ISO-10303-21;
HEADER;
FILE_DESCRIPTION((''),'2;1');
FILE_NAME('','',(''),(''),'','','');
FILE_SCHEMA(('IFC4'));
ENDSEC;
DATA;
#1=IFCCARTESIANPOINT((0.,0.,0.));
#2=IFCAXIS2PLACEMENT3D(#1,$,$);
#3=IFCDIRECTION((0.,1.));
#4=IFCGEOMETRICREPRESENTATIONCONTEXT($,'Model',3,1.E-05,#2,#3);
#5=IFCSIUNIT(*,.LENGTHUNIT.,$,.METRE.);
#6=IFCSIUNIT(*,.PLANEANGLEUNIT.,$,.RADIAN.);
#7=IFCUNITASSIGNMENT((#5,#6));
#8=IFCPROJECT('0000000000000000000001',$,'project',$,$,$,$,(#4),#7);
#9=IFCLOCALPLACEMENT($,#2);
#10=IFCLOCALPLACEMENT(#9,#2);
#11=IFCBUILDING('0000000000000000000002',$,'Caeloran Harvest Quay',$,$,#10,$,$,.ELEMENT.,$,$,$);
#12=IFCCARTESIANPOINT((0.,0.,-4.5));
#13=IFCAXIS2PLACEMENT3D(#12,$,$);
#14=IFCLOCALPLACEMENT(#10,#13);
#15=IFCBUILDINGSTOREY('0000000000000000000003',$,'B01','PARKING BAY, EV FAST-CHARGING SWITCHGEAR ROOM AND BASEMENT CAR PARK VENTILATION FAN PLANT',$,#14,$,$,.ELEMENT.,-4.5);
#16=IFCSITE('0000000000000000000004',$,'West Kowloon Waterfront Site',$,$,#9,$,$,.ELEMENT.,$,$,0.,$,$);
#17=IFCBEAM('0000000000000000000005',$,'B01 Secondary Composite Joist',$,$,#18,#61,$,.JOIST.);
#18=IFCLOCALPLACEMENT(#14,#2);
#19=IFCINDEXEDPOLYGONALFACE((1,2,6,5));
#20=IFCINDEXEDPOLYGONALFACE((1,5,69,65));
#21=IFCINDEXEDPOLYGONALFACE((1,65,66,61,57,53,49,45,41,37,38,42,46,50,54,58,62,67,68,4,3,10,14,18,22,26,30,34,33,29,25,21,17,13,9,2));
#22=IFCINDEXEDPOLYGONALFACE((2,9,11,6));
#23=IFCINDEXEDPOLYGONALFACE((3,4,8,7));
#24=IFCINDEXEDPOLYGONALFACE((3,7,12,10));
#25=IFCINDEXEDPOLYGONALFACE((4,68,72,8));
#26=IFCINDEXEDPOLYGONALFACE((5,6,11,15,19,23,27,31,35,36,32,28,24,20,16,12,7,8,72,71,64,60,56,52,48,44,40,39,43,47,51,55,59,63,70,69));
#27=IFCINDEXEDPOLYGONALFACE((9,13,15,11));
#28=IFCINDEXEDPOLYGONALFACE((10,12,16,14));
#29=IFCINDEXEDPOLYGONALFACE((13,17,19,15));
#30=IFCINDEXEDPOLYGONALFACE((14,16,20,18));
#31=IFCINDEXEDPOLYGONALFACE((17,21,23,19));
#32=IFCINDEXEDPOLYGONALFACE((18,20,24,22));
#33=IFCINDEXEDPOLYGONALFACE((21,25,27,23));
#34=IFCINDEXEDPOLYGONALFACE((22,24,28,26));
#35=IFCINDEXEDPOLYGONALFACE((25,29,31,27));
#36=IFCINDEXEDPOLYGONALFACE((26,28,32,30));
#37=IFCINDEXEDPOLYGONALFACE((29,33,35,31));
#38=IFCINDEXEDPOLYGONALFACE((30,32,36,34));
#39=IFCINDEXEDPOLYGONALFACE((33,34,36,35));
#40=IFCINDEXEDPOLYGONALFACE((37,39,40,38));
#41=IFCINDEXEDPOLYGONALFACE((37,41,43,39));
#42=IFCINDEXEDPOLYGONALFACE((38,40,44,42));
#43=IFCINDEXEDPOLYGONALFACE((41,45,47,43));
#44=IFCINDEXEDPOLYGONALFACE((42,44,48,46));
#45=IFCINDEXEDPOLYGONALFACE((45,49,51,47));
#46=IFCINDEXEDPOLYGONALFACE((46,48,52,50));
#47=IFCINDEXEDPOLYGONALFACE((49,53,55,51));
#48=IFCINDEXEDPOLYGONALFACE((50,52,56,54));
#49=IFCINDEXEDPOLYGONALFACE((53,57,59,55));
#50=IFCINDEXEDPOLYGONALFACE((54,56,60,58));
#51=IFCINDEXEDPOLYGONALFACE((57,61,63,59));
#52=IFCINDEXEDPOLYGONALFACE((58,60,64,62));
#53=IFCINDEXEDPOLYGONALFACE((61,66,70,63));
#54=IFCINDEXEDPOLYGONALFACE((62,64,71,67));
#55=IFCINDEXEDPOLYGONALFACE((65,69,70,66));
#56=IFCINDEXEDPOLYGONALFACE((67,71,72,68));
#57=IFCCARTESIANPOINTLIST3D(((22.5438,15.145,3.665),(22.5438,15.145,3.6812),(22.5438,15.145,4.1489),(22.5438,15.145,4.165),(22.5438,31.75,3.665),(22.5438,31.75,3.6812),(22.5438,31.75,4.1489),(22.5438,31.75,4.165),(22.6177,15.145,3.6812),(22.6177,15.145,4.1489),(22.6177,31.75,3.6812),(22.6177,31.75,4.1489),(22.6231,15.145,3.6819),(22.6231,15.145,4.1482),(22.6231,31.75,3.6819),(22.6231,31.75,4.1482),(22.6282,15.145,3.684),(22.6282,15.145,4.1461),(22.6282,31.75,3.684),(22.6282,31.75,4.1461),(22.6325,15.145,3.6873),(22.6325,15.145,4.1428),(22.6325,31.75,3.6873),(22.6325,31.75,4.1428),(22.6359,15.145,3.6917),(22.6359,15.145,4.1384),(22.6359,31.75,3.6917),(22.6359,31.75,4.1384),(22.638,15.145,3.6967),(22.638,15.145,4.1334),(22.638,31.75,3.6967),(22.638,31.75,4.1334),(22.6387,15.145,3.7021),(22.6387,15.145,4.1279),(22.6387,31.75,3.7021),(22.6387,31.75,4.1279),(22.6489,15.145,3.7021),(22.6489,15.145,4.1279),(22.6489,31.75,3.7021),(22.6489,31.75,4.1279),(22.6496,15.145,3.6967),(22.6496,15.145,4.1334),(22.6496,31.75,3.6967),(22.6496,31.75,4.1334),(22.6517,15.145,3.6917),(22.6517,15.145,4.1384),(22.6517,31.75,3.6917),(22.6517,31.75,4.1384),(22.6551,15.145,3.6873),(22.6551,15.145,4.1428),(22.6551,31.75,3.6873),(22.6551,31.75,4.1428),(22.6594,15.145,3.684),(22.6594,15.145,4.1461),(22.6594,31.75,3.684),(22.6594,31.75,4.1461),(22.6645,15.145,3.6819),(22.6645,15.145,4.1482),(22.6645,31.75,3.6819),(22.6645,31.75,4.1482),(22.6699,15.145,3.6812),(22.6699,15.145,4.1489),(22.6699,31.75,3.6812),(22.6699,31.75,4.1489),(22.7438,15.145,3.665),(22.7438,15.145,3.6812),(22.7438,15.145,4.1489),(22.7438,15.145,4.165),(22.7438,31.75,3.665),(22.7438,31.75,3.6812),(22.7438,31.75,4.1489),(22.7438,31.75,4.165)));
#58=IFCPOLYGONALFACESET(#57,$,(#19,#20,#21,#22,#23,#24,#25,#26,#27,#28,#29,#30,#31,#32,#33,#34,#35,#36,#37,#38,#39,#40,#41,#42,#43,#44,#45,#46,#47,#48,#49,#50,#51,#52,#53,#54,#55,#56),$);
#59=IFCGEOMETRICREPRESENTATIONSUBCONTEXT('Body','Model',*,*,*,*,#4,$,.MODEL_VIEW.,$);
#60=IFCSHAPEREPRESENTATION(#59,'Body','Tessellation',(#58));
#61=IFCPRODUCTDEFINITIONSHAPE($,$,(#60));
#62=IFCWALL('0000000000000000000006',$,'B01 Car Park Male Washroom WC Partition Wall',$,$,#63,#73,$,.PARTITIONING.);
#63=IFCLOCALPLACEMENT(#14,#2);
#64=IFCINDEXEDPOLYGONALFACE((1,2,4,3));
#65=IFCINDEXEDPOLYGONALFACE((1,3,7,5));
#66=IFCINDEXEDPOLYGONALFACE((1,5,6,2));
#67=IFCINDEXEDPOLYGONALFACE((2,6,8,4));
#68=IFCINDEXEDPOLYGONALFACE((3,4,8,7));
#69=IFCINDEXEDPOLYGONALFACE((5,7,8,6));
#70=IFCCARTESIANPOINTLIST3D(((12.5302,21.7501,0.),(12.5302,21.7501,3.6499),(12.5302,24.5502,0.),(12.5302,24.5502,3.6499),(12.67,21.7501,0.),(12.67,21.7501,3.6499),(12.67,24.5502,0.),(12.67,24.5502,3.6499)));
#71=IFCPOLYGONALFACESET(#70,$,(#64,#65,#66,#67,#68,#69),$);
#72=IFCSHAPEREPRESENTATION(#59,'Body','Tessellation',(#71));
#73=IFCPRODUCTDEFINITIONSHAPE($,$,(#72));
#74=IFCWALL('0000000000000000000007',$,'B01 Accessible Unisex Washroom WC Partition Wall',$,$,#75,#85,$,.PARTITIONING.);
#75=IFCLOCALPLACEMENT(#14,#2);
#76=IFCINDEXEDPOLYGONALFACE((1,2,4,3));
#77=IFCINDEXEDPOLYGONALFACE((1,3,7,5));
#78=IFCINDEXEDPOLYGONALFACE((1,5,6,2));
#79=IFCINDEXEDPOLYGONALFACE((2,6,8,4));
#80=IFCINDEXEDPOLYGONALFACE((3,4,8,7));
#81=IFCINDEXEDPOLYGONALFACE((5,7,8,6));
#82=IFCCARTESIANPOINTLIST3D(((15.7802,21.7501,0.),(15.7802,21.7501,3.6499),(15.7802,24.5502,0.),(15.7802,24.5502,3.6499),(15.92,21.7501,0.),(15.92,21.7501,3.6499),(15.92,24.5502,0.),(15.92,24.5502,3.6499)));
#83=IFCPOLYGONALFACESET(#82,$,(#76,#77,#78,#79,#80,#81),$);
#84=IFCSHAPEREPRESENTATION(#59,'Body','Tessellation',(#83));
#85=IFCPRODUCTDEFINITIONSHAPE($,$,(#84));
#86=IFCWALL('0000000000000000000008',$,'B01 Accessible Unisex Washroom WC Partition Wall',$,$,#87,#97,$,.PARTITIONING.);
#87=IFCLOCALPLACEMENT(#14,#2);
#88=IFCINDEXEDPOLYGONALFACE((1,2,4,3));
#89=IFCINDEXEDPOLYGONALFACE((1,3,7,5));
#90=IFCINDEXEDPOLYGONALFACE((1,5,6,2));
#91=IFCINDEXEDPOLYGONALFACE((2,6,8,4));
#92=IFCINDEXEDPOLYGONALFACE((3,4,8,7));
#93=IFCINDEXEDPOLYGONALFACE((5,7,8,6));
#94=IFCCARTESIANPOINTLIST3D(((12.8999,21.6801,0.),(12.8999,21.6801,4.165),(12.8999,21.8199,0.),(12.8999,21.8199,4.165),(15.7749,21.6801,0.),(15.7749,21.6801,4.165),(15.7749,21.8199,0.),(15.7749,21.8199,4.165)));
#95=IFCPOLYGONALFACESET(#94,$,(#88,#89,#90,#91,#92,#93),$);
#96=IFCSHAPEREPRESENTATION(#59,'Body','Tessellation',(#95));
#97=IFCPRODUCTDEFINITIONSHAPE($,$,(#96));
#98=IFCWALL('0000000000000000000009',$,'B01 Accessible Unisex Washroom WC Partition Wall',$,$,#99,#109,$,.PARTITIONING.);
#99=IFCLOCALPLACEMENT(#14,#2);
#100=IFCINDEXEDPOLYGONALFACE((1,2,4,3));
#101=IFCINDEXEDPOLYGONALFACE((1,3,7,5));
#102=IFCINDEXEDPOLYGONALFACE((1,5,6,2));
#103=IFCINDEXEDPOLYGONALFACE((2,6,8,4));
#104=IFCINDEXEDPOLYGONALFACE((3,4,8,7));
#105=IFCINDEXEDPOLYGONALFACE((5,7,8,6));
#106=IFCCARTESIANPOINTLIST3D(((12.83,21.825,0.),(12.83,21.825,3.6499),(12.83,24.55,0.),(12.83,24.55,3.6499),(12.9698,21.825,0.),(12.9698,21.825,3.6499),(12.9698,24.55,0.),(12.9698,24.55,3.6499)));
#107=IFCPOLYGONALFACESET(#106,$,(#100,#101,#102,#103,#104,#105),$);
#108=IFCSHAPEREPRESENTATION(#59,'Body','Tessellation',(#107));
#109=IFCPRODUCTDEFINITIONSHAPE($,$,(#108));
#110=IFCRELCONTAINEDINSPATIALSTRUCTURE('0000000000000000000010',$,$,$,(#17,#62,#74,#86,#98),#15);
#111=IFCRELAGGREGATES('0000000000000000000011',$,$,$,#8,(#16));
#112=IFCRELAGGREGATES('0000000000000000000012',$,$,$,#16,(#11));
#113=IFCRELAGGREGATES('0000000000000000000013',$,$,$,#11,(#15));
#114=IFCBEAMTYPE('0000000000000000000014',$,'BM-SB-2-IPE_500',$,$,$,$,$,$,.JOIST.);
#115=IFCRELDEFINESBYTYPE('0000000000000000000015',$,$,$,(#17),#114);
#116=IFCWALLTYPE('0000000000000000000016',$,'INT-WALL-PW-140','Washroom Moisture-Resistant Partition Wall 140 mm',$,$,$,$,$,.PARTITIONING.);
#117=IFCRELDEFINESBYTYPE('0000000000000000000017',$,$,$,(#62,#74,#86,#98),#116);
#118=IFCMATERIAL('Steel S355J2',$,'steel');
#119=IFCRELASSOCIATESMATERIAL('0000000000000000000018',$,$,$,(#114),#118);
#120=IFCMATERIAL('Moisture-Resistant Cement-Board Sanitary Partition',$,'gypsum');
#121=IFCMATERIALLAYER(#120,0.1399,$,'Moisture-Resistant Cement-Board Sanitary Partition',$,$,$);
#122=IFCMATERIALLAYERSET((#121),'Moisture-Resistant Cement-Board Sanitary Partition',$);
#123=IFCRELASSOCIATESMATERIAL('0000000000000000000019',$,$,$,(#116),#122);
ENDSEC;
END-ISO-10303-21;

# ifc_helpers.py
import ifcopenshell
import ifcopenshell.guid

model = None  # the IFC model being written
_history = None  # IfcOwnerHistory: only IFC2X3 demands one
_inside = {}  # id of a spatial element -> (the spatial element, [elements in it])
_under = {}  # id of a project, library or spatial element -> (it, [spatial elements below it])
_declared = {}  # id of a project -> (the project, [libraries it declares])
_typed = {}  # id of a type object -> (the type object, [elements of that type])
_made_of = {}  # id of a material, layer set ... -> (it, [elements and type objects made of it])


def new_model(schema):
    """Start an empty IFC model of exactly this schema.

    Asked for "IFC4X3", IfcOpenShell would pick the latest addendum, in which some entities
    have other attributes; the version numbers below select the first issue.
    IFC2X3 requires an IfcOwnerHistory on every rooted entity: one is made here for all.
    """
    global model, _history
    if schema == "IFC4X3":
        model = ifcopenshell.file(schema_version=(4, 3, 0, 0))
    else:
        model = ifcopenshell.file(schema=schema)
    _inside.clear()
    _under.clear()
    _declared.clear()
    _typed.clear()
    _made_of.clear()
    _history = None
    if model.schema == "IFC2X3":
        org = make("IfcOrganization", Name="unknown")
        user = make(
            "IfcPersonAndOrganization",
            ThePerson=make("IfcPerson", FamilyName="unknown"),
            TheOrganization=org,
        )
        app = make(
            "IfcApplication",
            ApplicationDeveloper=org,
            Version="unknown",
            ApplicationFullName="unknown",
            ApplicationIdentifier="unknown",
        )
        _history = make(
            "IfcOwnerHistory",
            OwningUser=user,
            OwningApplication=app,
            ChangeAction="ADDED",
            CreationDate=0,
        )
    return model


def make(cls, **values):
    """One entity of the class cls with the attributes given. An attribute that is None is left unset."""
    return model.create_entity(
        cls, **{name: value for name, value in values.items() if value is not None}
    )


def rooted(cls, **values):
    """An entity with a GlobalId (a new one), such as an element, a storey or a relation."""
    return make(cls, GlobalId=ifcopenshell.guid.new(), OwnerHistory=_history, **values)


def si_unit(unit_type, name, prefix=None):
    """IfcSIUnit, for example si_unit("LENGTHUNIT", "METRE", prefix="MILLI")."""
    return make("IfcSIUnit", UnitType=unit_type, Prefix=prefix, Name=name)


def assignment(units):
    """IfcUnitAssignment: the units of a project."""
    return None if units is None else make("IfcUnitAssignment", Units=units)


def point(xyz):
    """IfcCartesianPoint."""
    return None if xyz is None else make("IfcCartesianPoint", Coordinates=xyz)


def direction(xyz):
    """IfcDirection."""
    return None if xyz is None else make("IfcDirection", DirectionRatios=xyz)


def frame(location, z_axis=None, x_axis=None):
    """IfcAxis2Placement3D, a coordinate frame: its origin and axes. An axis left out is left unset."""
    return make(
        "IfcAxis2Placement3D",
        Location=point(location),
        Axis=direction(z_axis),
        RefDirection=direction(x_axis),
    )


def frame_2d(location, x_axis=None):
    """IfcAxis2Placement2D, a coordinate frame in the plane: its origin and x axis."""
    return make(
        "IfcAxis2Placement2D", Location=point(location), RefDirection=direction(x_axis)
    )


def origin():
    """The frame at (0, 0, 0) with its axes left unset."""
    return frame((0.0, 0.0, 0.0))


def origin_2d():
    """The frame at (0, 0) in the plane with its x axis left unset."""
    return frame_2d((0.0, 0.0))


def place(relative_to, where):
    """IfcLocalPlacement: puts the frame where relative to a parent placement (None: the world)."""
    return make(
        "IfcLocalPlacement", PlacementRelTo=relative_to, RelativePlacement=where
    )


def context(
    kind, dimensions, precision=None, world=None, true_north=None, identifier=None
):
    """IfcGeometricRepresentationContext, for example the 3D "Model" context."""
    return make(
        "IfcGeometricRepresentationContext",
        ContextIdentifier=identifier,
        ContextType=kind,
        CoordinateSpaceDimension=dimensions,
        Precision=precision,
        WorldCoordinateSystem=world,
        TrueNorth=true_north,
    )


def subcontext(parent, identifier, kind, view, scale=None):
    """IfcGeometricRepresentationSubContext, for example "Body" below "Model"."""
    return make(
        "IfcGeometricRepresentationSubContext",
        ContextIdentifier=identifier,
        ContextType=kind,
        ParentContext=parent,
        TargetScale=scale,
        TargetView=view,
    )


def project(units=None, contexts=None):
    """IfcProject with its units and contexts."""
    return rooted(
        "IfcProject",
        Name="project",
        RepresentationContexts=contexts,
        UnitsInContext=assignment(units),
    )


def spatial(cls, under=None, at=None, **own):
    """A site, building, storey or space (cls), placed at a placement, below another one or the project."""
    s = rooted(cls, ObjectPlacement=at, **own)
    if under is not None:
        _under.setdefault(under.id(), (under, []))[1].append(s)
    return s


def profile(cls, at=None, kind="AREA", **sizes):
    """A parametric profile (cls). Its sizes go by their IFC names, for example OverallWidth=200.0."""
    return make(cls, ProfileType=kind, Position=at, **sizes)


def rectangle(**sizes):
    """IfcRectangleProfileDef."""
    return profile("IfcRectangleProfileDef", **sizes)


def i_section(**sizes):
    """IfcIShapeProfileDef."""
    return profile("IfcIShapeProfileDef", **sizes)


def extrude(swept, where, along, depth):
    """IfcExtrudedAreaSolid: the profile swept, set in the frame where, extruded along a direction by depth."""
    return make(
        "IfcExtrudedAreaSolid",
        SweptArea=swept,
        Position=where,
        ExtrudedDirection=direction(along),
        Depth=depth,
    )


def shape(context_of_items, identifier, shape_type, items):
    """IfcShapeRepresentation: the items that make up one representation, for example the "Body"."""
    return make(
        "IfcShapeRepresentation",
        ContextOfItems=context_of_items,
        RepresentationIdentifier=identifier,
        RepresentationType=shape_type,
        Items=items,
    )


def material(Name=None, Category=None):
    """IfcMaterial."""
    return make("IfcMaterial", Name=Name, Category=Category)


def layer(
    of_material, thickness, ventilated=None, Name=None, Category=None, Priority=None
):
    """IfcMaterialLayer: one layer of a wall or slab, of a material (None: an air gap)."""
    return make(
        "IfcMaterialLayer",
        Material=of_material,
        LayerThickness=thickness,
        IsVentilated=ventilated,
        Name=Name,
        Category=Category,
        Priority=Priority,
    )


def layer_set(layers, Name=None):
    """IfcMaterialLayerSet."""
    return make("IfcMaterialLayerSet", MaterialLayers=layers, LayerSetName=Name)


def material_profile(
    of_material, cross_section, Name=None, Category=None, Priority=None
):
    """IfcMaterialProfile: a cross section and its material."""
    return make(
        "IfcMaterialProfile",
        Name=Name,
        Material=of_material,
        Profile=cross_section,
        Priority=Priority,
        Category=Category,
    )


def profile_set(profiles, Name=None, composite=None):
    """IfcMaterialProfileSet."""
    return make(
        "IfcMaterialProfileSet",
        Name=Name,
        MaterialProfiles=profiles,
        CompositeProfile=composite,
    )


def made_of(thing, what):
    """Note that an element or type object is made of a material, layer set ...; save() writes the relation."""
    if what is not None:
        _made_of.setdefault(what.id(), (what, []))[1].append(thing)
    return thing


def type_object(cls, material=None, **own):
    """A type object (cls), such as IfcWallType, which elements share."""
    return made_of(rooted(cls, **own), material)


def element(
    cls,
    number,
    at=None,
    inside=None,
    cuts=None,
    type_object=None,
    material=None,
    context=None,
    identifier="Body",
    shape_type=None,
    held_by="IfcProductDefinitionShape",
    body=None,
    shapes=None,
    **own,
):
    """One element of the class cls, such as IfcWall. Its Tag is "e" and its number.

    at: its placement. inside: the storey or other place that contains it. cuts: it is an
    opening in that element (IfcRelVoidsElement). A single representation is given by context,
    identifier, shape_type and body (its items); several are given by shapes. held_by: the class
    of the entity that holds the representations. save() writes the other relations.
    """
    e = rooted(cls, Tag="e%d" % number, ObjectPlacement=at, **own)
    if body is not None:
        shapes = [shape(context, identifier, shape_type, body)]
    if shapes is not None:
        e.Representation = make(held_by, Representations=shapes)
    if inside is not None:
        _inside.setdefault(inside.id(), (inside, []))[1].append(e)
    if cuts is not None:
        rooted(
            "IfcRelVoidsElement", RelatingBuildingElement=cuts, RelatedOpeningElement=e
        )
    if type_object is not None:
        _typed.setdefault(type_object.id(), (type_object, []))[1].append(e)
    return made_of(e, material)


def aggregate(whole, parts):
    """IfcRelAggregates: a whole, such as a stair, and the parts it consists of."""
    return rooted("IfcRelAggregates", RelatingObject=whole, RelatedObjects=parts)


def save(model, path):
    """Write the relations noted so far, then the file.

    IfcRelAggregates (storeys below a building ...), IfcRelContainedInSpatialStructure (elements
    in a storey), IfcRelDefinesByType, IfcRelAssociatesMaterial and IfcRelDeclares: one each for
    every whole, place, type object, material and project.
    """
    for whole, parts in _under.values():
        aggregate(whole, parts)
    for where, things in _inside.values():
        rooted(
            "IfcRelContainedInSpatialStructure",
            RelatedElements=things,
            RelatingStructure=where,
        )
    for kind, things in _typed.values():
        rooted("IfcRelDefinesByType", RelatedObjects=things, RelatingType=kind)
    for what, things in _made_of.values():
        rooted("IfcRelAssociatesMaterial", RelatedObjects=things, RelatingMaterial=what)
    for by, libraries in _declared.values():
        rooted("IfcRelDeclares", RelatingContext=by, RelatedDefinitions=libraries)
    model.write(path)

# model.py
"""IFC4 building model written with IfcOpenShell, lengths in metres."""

from ifc_helpers import new_model, si_unit, direction, frame, frame_2d, origin, origin_2d, place, context, subcontext, project, spatial, rectangle, i_section, extrude, material, layer, layer_set, material_profile, profile_set, type_object, element, save


model = new_model("IFC4")

# Units and contexts
model_context = context("Model", 3, precision=1e-05, world=origin(), true_north=direction((0.0, 1.0)))
body_context = subcontext(model_context, "Body", "Model", "MODEL_VIEW")
ifc_project = project(units=[si_unit("LENGTHUNIT", "METRE"), si_unit("PLANEANGLEUNIT", "RADIAN")], contexts=[model_context])

# Site, building, storey
site_placement = place(None, origin())
site = spatial("IfcSite", under=ifc_project, at=site_placement, Name="West Kowloon Waterfront Site", CompositionType="ELEMENT", RefElevation=0.0)
building_placement = place(site_placement, origin())
building = spatial("IfcBuilding", under=site, at=building_placement, Name="Caeloran Harvest Quay", CompositionType="ELEMENT")
storey_placement = place(building_placement, frame((0.0, 0.0, -4.5)))
storey = spatial("IfcBuildingStorey", under=building, at=storey_placement, Name="B01", Description="PARKING BAY, EV FAST-CHARGING SWITCHGEAR ROOM AND BASEMENT CAR PARK VENTILATION FAN PLANT", CompositionType="ELEMENT", Elevation=-4.5)

# Beam
ifc_material_1 = material(Name="Steel S355J2", Category="steel")
ifc_material_profile_1 = material_profile(ifc_material_1, i_section(OverallWidth=0.2, OverallDepth=0.5, WebThickness=0.0103, FlangeThickness=0.0161, FilletRadius=0.021, at=origin_2d()), Name="IPE 500")
ifc_profile_set_1 = profile_set([ifc_material_profile_1], Name="Steel S355J2")
beam_type_1 = type_object("IfcBeamType", Name="BM-SB-2-IPE_500", PredefinedType="JOIST", material=ifc_profile_set_1)
for number, where, z_axis, x_axis, name in (
    (1, (22.6438, 15.145, 3.915), (0.0, 1.0, 0.0), (-1.0, 0.0, 0.0), "B01 Secondary Composite Joist"),
):
    element("IfcBeam", number, at=place(storey_placement, frame(where, z_axis=z_axis, x_axis=x_axis)), inside=storey, type_object=beam_type_1, Name=name, PredefinedType="JOIST", context=body_context, shape_type="SweptSolid", body=[
        extrude(i_section(OverallWidth=0.2, OverallDepth=0.5, WebThickness=0.0103, FlangeThickness=0.0161, FilletRadius=0.021, at=origin_2d()), origin(), (0.0, 0.0, 1.0), 16.605),
    ])

# Walls
ifc_material_2 = material(Name="Moisture-Resistant Cement-Board Sanitary Partition", Category="gypsum")
ifc_layer = layer(ifc_material_2, 0.1399, Name="Moisture-Resistant Cement-Board Sanitary Partition")
ifc_layer_set = layer_set([ifc_layer], Name="Moisture-Resistant Cement-Board Sanitary Partition")
wall_type = type_object("IfcWallType", Name="INT-WALL-PW-140", Description="Washroom Moisture-Resistant Partition Wall 140 mm", PredefinedType="PARTITIONING", material=ifc_layer_set)
for number, where, z_axis, x_axis, name in (
    (2, (12.6001, 24.55, 0.0), (0.0, 0.0, 1.0), (0.0, -1.0, 0.0), "B01 Car Park Male Washroom WC Partition Wall"),
    (3, (15.8501, 24.55, 0.0), (0.0, 0.0, 1.0), (0.0, -1.0, 0.0), "B01 Accessible Unisex Washroom WC Partition Wall"),
):
    element("IfcWall", number, at=place(storey_placement, frame(where, z_axis=z_axis, x_axis=x_axis)), inside=storey, type_object=wall_type, Name=name, PredefinedType="PARTITIONING", context=body_context, shape_type="SweptSolid", body=[
        extrude(rectangle(XDim=2.8, YDim=0.1399, at=frame_2d((1.3999, 0.0))), origin(), (0.0, 0.0, 1.0), 3.6499),
    ])
wall_1_placement = place(storey_placement, frame((15.7749, 21.75, 0.0), z_axis=(0.0, 0.0, 1.0), x_axis=(-1.0, 0.0, 0.0)))
element("IfcWall", 4, at=wall_1_placement, inside=storey, type_object=wall_type, Name="B01 Accessible Unisex Washroom WC Partition Wall", PredefinedType="PARTITIONING", context=body_context, shape_type="SweptSolid", body=[
    extrude(rectangle(XDim=2.875, YDim=0.1399, at=frame_2d((1.4375, 0.0))), origin(), (0.0, 0.0, 1.0), 4.165),
])
wall_2_placement = place(storey_placement, frame((12.8999, 21.825, 0.0), z_axis=(0.0, 0.0, 1.0), x_axis=(0.0, 1.0, 0.0)))
element("IfcWall", 5, at=wall_2_placement, inside=storey, type_object=wall_type, Name="B01 Accessible Unisex Washroom WC Partition Wall", PredefinedType="PARTITIONING", context=body_context, shape_type="SweptSolid", body=[
    extrude(rectangle(XDim=2.7251, YDim=0.1399, at=frame_2d((1.3625, 0.0))), origin(), (0.0, 0.0, 1.0), 3.6499),
])

save(model, "model.ifc")
